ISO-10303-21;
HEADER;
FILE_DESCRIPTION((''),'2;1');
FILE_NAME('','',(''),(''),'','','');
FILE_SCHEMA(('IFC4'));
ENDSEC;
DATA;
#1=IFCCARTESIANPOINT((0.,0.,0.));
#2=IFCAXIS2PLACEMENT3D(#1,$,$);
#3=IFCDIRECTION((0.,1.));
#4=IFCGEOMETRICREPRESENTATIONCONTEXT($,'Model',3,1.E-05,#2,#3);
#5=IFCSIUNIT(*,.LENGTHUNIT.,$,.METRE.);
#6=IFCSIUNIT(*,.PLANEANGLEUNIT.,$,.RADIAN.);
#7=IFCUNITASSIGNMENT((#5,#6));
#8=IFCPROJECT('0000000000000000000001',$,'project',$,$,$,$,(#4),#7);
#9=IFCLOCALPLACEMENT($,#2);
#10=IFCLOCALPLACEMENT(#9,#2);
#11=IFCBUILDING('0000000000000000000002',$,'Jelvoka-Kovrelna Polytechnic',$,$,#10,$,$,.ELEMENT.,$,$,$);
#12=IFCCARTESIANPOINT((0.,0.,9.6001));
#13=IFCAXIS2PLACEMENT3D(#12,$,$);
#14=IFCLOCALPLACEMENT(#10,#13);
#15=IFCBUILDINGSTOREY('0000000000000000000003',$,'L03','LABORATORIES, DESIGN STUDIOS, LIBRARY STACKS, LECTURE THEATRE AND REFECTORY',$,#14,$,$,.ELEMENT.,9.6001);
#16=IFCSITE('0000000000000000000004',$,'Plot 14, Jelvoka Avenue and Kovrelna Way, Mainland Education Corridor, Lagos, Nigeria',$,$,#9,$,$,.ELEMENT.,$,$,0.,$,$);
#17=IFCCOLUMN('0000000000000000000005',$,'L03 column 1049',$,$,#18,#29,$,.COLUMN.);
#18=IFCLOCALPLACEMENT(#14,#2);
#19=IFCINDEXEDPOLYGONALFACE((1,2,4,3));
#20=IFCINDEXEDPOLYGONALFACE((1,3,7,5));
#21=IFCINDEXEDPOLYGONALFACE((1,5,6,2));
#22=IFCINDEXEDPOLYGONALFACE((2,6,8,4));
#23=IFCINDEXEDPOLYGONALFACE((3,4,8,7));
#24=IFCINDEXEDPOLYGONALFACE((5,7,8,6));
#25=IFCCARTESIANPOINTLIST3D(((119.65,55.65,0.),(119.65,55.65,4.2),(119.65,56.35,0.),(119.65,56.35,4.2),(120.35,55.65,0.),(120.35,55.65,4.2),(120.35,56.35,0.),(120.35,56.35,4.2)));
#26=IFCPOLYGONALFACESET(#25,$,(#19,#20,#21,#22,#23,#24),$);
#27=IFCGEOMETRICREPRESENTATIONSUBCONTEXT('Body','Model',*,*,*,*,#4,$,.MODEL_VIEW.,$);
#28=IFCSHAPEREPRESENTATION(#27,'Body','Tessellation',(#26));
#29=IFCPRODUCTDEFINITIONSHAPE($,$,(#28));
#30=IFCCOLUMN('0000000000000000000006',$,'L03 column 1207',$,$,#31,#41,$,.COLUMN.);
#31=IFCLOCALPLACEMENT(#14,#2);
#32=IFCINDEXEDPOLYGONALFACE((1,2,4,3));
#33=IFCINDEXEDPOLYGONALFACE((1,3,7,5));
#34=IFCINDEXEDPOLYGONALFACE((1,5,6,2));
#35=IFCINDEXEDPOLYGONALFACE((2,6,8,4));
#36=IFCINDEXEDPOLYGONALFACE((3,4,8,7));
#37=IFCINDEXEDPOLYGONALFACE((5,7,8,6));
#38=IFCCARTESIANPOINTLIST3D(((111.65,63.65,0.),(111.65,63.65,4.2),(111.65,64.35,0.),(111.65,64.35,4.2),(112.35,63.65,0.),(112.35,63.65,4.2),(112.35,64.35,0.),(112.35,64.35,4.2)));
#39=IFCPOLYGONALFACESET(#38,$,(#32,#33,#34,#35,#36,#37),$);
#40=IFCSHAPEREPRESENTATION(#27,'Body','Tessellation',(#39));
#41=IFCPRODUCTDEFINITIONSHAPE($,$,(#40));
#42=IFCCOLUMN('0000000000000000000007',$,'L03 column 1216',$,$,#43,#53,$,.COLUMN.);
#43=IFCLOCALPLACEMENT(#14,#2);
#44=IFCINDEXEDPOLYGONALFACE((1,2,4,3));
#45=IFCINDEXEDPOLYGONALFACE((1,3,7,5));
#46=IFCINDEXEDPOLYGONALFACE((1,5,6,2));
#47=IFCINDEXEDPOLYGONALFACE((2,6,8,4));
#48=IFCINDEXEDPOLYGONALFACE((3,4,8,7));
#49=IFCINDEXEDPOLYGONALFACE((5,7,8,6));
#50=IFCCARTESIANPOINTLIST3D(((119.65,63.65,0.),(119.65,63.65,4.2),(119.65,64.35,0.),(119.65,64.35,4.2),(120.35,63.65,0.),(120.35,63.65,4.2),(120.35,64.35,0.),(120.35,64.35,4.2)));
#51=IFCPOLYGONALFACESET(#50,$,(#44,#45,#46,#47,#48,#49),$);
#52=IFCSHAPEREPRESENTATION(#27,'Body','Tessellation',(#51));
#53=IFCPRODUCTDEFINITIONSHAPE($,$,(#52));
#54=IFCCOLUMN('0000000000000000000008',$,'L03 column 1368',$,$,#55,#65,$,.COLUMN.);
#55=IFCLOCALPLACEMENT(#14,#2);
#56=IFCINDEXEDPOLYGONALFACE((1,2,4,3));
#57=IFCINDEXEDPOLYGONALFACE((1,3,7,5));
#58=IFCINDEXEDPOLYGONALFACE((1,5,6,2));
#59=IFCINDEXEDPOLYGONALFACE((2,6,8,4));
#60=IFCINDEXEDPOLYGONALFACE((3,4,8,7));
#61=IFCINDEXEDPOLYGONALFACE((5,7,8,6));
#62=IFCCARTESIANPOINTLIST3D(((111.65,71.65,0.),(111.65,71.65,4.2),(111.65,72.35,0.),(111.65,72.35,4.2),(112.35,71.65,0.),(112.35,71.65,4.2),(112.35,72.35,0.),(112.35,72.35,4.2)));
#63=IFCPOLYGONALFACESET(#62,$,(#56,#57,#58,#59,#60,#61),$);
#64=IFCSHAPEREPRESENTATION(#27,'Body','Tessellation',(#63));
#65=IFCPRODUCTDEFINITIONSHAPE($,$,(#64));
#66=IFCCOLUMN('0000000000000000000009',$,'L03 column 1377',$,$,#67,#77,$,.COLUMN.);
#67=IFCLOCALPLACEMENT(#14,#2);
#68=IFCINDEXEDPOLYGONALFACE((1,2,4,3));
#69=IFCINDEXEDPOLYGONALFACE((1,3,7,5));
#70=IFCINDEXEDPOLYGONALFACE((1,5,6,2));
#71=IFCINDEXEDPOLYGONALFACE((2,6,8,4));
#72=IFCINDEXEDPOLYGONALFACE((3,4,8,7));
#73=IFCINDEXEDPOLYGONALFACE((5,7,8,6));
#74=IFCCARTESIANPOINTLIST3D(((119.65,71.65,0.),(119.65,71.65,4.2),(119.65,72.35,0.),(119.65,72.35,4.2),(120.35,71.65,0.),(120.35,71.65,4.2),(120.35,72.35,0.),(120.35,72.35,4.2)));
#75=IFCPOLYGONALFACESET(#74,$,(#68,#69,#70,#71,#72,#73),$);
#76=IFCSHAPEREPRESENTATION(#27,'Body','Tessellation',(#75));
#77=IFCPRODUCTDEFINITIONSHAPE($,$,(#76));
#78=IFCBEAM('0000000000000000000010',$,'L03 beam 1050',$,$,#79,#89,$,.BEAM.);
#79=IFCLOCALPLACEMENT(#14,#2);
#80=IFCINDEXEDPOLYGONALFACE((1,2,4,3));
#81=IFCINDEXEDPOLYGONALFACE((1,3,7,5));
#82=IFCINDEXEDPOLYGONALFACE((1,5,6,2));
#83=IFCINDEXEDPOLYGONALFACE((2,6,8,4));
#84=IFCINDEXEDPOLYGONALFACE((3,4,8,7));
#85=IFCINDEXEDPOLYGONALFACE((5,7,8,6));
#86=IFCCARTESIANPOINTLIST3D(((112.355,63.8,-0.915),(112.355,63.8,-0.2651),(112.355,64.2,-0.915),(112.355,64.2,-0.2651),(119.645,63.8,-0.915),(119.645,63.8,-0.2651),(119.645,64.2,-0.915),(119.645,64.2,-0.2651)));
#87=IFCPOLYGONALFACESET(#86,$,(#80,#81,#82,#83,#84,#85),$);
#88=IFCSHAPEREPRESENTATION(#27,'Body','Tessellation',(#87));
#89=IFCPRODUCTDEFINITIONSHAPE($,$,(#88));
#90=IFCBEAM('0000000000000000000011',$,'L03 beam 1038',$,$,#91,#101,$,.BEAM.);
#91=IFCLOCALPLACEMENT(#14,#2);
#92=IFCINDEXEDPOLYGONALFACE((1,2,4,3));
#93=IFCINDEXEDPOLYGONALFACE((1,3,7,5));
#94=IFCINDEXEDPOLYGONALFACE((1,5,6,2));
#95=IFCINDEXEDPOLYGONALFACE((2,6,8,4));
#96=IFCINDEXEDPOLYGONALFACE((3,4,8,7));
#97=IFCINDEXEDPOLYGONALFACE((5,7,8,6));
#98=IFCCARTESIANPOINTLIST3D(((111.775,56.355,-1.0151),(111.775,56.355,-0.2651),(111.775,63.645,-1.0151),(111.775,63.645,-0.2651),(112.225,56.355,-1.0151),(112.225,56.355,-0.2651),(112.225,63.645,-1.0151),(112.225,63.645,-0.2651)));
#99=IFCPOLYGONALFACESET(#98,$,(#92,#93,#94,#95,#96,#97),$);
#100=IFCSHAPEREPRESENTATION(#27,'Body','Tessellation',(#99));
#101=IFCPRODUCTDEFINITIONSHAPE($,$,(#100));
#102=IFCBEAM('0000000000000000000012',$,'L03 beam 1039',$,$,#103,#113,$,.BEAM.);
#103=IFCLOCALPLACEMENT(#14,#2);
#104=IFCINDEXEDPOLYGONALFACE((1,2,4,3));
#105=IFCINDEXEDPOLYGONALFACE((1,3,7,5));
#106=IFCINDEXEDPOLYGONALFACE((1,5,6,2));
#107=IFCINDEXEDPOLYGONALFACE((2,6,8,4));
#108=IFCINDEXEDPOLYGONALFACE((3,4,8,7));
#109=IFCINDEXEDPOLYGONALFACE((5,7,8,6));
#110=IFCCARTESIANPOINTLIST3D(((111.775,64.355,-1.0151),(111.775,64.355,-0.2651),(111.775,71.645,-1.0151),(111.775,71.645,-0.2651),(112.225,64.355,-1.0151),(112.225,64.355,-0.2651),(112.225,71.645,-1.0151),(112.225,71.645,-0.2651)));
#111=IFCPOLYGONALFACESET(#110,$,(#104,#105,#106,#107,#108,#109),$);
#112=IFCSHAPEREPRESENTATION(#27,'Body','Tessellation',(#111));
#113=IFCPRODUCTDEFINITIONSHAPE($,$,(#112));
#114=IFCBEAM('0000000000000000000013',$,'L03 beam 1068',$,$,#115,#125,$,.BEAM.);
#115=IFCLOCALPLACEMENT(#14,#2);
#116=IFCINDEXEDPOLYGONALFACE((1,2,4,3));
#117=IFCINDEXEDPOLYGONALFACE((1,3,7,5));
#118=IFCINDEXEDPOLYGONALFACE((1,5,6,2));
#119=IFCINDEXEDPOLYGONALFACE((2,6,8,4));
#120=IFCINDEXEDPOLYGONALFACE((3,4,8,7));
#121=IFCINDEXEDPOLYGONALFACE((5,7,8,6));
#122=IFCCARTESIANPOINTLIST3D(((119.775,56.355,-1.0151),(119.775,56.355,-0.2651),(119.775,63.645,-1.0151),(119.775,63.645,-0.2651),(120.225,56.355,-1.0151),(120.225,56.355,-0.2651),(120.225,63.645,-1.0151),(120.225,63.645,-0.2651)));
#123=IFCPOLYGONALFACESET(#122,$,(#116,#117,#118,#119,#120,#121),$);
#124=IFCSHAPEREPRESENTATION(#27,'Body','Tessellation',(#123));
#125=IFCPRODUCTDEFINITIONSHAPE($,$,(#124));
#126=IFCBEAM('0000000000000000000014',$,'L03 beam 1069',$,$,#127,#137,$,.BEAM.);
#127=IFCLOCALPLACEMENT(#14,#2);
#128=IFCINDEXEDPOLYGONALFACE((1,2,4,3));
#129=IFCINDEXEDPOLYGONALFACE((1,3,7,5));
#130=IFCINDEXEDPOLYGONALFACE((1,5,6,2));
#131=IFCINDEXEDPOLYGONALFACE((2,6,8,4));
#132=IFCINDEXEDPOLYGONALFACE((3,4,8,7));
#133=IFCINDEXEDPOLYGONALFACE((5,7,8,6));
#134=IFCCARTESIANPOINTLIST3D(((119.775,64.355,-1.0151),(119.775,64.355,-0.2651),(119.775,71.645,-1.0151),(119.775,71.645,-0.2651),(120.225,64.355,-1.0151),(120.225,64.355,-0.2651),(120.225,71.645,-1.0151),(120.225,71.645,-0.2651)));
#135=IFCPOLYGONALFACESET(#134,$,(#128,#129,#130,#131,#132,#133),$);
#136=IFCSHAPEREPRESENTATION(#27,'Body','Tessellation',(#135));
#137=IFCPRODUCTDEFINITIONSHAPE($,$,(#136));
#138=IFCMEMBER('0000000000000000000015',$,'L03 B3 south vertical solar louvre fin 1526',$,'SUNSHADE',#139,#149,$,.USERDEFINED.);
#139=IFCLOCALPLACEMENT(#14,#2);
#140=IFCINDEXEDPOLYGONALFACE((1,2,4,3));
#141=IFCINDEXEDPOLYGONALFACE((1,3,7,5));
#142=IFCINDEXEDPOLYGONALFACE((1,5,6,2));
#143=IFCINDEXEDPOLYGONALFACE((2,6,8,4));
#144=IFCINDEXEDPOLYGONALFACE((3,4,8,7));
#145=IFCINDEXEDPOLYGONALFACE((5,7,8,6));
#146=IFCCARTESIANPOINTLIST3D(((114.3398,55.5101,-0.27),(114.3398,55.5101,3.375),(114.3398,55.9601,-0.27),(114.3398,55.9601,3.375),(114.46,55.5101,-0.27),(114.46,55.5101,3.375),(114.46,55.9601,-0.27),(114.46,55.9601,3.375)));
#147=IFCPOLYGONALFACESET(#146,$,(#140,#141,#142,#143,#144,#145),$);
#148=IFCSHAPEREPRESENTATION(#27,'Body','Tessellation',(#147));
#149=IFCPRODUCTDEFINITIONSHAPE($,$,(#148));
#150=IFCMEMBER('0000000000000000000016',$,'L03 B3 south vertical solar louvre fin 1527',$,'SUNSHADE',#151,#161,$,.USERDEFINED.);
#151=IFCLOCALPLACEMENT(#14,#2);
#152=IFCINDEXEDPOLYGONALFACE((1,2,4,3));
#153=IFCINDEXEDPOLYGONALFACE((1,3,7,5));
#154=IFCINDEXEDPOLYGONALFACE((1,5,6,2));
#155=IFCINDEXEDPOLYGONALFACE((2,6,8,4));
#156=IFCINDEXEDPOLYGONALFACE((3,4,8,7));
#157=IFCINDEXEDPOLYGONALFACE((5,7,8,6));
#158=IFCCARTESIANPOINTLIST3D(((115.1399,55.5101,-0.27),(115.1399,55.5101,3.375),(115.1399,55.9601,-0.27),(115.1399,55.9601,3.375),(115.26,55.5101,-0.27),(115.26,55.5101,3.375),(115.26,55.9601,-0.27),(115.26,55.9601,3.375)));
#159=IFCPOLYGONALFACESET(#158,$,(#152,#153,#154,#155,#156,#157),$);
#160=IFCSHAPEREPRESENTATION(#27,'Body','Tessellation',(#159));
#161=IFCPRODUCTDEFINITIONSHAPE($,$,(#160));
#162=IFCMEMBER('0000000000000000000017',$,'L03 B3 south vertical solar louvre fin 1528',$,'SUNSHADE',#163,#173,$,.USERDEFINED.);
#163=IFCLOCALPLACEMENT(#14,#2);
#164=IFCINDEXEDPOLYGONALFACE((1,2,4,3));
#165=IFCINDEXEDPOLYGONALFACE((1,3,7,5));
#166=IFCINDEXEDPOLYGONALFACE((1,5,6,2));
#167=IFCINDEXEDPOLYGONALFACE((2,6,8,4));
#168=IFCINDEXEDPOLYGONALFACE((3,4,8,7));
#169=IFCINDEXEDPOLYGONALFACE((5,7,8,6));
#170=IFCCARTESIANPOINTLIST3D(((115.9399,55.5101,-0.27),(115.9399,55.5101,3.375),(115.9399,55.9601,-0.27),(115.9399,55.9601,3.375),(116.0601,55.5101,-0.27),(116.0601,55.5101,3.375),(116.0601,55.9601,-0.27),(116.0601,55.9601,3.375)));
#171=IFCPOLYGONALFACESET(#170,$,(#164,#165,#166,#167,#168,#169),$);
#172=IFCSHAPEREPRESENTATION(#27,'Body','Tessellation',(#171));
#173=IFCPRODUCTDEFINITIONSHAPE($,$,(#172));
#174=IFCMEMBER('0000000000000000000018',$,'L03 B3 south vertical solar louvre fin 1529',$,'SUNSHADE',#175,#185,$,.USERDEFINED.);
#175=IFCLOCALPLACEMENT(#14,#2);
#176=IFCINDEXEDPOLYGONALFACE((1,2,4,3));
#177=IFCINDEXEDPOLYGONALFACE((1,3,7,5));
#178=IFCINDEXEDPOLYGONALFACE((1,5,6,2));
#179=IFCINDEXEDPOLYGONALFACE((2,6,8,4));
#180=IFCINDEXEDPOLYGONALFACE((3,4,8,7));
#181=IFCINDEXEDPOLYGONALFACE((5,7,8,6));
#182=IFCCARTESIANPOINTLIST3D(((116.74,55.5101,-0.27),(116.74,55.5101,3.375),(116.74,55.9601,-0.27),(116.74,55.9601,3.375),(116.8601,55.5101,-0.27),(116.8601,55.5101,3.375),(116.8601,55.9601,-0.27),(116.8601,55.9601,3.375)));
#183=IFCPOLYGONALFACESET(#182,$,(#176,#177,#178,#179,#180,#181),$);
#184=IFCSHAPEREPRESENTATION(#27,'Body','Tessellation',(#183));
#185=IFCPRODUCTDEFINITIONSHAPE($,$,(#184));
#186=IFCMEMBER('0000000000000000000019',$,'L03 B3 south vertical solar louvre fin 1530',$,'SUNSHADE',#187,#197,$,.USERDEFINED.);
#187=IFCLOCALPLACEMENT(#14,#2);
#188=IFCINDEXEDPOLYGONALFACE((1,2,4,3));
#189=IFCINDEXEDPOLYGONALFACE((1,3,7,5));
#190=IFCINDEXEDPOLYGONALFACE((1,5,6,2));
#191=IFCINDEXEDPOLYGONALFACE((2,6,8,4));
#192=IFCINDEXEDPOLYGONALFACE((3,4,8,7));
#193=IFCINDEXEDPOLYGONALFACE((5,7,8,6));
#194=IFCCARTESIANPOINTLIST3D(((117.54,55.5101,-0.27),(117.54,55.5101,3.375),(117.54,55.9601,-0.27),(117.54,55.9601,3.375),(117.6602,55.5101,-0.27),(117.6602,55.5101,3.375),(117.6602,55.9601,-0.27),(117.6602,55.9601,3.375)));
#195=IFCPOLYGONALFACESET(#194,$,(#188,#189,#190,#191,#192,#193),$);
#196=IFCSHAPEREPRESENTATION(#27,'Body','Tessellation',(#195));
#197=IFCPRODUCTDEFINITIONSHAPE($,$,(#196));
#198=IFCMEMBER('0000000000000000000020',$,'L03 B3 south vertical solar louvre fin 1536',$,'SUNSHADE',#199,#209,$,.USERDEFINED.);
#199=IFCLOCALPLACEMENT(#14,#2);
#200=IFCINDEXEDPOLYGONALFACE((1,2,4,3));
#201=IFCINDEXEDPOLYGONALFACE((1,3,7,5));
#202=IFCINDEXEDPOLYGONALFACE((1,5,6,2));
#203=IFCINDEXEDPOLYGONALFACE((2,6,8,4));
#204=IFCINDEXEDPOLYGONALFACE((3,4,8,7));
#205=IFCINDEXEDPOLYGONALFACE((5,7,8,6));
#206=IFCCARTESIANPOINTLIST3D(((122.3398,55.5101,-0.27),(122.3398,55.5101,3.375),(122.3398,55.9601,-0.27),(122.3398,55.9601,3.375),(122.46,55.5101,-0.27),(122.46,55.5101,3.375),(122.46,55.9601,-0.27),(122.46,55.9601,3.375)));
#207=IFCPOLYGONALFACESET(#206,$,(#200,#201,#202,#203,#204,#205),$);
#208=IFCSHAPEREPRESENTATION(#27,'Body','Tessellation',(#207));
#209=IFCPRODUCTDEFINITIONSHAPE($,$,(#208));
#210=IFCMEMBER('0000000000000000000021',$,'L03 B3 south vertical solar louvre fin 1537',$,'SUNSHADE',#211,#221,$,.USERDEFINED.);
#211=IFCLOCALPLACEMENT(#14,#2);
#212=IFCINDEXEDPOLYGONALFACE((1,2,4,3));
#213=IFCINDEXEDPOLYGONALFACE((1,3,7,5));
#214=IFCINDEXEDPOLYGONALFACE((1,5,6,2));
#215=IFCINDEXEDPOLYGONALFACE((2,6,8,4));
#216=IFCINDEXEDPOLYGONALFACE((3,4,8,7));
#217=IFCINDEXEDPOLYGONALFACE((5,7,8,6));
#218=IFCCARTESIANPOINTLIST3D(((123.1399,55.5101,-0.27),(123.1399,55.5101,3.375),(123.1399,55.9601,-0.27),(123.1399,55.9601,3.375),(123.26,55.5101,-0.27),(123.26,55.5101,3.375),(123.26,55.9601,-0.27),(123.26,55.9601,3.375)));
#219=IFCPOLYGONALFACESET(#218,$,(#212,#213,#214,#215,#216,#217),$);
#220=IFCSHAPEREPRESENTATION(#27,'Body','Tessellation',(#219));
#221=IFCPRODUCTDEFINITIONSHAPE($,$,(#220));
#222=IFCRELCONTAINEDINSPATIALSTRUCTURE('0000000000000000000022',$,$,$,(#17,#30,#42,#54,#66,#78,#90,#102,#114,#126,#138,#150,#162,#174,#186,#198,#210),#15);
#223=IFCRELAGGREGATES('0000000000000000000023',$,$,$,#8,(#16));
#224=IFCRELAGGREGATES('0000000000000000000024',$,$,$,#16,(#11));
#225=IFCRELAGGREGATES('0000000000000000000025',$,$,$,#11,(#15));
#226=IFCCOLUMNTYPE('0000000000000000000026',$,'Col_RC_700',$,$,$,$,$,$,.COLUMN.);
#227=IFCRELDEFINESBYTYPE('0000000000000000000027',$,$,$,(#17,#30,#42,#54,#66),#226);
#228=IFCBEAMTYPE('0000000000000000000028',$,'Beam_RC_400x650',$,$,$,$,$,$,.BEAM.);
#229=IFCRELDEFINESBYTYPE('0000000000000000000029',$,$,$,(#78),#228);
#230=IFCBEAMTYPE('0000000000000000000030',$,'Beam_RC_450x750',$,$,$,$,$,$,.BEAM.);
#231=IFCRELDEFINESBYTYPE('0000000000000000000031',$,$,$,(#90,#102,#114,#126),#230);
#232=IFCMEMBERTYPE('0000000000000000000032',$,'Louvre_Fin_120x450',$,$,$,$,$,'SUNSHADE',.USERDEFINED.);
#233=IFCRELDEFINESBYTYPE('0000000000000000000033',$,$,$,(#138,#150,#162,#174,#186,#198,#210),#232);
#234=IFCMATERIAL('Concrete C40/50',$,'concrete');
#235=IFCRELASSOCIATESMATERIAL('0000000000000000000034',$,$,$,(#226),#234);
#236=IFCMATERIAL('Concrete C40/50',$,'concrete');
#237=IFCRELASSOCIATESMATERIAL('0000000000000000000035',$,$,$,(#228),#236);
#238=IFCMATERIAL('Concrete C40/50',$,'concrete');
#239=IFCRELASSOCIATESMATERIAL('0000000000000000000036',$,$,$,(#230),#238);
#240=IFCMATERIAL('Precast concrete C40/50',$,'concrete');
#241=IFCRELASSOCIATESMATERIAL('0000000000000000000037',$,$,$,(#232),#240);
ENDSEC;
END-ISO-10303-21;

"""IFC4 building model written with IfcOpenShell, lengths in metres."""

from ifc_helpers import new_model, si_unit, direction, frame, origin, origin_2d, place, context, subcontext, project, spatial, rectangle, extrude, material, material_profile, profile_set, type_object, element, save


model = new_model("IFC4")

# Units and contexts
model_context = context("Model", 3, precision=1e-05, world=origin(), true_north=direction((0.0, 1.0)))
body_context = subcontext(model_context, "Body", "Model", "MODEL_VIEW")
ifc_project = project(units=[si_unit("LENGTHUNIT", "METRE"), si_unit("PLANEANGLEUNIT", "RADIAN")], contexts=[model_context])

# Site, building, storey
site_placement = place(None, origin())
site = spatial("IfcSite", under=ifc_project, at=site_placement, Name="Plot 14, Jelvoka Avenue and Kovrelna Way, Mainland Education Corridor, Lagos, Nigeria", CompositionType="ELEMENT", RefElevation=0.0)
building_placement = place(site_placement, origin())
building = spatial("IfcBuilding", under=site, at=building_placement, Name="Jelvoka-Kovrelna Polytechnic", CompositionType="ELEMENT")
storey_placement = place(building_placement, frame((0.0, 0.0, 9.6001)))
storey = spatial("IfcBuildingStorey", under=building, at=storey_placement, Name="L03", Description="LABORATORIES, DESIGN STUDIOS, LIBRARY STACKS, LECTURE THEATRE AND REFECTORY", CompositionType="ELEMENT", Elevation=9.6001)

# Columns
ifc_material_1 = material(Name="Concrete C40/50", Category="concrete")
ifc_material_profile_1 = material_profile(ifc_material_1, rectangle(XDim=0.7, YDim=0.7, at=origin_2d()), Name="RC 700x700")
ifc_profile_set_1 = profile_set([ifc_material_profile_1], Name="Concrete C40/50")
column_type = type_object("IfcColumnType", Name="Col_RC_700", PredefinedType="COLUMN", material=ifc_profile_set_1)
for number, where, z_axis, x_axis, name in (
    (1, (120.0, 56.0, 0.0), (0.0, 0.0, 1.0), (1.0, 0.0, 0.0), "L03 column 1049"),
    (2, (112.0, 64.0, 0.0), (0.0, 0.0, 1.0), (1.0, 0.0, 0.0), "L03 column 1207"),
    (3, (120.0, 64.0, 0.0), (0.0, 0.0, 1.0), (1.0, 0.0, 0.0), "L03 column 1216"),
    (4, (112.0, 72.0, 0.0), (0.0, 0.0, 1.0), (1.0, 0.0, 0.0), "L03 column 1368"),
    (5, (120.0, 72.0, 0.0), (0.0, 0.0, 1.0), (1.0, 0.0, 0.0), "L03 column 1377"),
):
    element("IfcColumn", number, at=place(storey_placement, frame(where, z_axis=z_axis, x_axis=x_axis)), inside=storey, type_object=column_type, Name=name, PredefinedType="COLUMN", context=body_context, shape_type="SweptSolid", body=[
        extrude(rectangle(XDim=0.7, YDim=0.7, at=origin_2d()), origin(), (0.0, 0.0, 1.0), 4.2),
    ])

# Beams
ifc_material_2 = material(Name="Concrete C40/50", Category="concrete")
ifc_material_profile_2 = material_profile(ifc_material_2, rectangle(XDim=0.3999, YDim=0.6499, at=origin_2d()), Name="RC 400x650")
ifc_profile_set_2 = profile_set([ifc_material_profile_2], Name="Concrete C40/50")
beam_type_1 = type_object("IfcBeamType", Name="Beam_RC_400x650", PredefinedType="BEAM", material=ifc_profile_set_2)
beam_placement = place(storey_placement, frame((112.355, 64.0, -0.5901), z_axis=(1.0, 0.0, 0.0), x_axis=(0.0, 1.0, 0.0)))
element("IfcBeam", 6, at=beam_placement, inside=storey, type_object=beam_type_1, Name="L03 beam 1050", PredefinedType="BEAM", context=body_context, shape_type="SweptSolid", body=[
    extrude(rectangle(XDim=0.3999, YDim=0.6499, at=origin_2d()), origin(), (0.0, 0.0, 1.0), 7.29),
])
ifc_material_3 = material(Name="Concrete C40/50", Category="concrete")
ifc_material_profile_3 = material_profile(ifc_material_3, rectangle(XDim=0.45, YDim=0.75, at=origin_2d()), Name="RC 450x750")
ifc_profile_set_3 = profile_set([ifc_material_profile_3], Name="Concrete C40/50")
beam_type_2 = type_object("IfcBeamType", Name="Beam_RC_450x750", PredefinedType="BEAM", material=ifc_profile_set_3)
for number, where, z_axis, x_axis, name in (
    (7, (112.0, 56.355, -0.6401), (0.0, 1.0, 0.0), (-1.0, 0.0, 0.0), "L03 beam 1038"),
    (8, (112.0, 64.355, -0.6401), (0.0, 1.0, 0.0), (-1.0, 0.0, 0.0), "L03 beam 1039"),
    (9, (120.0, 56.355, -0.6401), (0.0, 1.0, 0.0), (-1.0, 0.0, 0.0), "L03 beam 1068"),
    (10, (120.0, 64.355, -0.6401), (0.0, 1.0, 0.0), (-1.0, 0.0, 0.0), "L03 beam 1069"),
):
    element("IfcBeam", number, at=place(storey_placement, frame(where, z_axis=z_axis, x_axis=x_axis)), inside=storey, type_object=beam_type_2, Name=name, PredefinedType="BEAM", context=body_context, shape_type="SweptSolid", body=[
        extrude(rectangle(XDim=0.45, YDim=0.75, at=origin_2d()), origin(), (0.0, 0.0, 1.0), 7.29),
    ])

# Members
ifc_material_4 = material(Name="Precast concrete C40/50", Category="concrete")
ifc_material_profile_4 = material_profile(ifc_material_4, rectangle(XDim=0.1201, YDim=0.45, at=origin_2d()), Name="PC 120x450")
ifc_profile_set_4 = profile_set([ifc_material_profile_4], Name="Precast concrete C40/50")
member_type = type_object("IfcMemberType", Name="Louvre_Fin_120x450", ElementType="SUNSHADE", PredefinedType="USERDEFINED", material=ifc_profile_set_4)
for number, where, z_axis, x_axis, name in (
    (11, (114.3999, 55.7351, -0.27), (0.0, 0.0, 1.0), (1.0, 0.0, 0.0), "L03 B3 south vertical solar louvre fin 1526"),
    (12, (115.2, 55.7351, -0.27), (0.0, 0.0, 1.0), (1.0, 0.0, 0.0), "L03 B3 south vertical solar louvre fin 1527"),
    (13, (116.0, 55.7351, -0.27), (0.0, 0.0, 1.0), (1.0, 0.0, 0.0), "L03 B3 south vertical solar louvre fin 1528"),
    (14, (116.8, 55.7351, -0.27), (0.0, 0.0, 1.0), (1.0, 0.0, 0.0), "L03 B3 south vertical solar louvre fin 1529"),
    (15, (117.6001, 55.7351, -0.27), (0.0, 0.0, 1.0), (1.0, 0.0, 0.0), "L03 B3 south vertical solar louvre fin 1530"),
    (16, (122.3999, 55.7351, -0.27), (0.0, 0.0, 1.0), (1.0, 0.0, 0.0), "L03 B3 south vertical solar louvre fin 1536"),
    (17, (123.2, 55.7351, -0.27), (0.0, 0.0, 1.0), (1.0, 0.0, 0.0), "L03 B3 south vertical solar louvre fin 1537"),
):
    element("IfcMember", number, at=place(storey_placement, frame(where, z_axis=z_axis, x_axis=x_axis)), inside=storey, type_object=member_type, Name=name, ObjectType="SUNSHADE", PredefinedType="USERDEFINED", context=body_context, shape_type="SweptSolid", body=[
        extrude(rectangle(XDim=0.1201, YDim=0.45, at=origin_2d()), origin(), (0.0, 0.0, 1.0), 3.645),
    ])

save(model, "model.ifc")
